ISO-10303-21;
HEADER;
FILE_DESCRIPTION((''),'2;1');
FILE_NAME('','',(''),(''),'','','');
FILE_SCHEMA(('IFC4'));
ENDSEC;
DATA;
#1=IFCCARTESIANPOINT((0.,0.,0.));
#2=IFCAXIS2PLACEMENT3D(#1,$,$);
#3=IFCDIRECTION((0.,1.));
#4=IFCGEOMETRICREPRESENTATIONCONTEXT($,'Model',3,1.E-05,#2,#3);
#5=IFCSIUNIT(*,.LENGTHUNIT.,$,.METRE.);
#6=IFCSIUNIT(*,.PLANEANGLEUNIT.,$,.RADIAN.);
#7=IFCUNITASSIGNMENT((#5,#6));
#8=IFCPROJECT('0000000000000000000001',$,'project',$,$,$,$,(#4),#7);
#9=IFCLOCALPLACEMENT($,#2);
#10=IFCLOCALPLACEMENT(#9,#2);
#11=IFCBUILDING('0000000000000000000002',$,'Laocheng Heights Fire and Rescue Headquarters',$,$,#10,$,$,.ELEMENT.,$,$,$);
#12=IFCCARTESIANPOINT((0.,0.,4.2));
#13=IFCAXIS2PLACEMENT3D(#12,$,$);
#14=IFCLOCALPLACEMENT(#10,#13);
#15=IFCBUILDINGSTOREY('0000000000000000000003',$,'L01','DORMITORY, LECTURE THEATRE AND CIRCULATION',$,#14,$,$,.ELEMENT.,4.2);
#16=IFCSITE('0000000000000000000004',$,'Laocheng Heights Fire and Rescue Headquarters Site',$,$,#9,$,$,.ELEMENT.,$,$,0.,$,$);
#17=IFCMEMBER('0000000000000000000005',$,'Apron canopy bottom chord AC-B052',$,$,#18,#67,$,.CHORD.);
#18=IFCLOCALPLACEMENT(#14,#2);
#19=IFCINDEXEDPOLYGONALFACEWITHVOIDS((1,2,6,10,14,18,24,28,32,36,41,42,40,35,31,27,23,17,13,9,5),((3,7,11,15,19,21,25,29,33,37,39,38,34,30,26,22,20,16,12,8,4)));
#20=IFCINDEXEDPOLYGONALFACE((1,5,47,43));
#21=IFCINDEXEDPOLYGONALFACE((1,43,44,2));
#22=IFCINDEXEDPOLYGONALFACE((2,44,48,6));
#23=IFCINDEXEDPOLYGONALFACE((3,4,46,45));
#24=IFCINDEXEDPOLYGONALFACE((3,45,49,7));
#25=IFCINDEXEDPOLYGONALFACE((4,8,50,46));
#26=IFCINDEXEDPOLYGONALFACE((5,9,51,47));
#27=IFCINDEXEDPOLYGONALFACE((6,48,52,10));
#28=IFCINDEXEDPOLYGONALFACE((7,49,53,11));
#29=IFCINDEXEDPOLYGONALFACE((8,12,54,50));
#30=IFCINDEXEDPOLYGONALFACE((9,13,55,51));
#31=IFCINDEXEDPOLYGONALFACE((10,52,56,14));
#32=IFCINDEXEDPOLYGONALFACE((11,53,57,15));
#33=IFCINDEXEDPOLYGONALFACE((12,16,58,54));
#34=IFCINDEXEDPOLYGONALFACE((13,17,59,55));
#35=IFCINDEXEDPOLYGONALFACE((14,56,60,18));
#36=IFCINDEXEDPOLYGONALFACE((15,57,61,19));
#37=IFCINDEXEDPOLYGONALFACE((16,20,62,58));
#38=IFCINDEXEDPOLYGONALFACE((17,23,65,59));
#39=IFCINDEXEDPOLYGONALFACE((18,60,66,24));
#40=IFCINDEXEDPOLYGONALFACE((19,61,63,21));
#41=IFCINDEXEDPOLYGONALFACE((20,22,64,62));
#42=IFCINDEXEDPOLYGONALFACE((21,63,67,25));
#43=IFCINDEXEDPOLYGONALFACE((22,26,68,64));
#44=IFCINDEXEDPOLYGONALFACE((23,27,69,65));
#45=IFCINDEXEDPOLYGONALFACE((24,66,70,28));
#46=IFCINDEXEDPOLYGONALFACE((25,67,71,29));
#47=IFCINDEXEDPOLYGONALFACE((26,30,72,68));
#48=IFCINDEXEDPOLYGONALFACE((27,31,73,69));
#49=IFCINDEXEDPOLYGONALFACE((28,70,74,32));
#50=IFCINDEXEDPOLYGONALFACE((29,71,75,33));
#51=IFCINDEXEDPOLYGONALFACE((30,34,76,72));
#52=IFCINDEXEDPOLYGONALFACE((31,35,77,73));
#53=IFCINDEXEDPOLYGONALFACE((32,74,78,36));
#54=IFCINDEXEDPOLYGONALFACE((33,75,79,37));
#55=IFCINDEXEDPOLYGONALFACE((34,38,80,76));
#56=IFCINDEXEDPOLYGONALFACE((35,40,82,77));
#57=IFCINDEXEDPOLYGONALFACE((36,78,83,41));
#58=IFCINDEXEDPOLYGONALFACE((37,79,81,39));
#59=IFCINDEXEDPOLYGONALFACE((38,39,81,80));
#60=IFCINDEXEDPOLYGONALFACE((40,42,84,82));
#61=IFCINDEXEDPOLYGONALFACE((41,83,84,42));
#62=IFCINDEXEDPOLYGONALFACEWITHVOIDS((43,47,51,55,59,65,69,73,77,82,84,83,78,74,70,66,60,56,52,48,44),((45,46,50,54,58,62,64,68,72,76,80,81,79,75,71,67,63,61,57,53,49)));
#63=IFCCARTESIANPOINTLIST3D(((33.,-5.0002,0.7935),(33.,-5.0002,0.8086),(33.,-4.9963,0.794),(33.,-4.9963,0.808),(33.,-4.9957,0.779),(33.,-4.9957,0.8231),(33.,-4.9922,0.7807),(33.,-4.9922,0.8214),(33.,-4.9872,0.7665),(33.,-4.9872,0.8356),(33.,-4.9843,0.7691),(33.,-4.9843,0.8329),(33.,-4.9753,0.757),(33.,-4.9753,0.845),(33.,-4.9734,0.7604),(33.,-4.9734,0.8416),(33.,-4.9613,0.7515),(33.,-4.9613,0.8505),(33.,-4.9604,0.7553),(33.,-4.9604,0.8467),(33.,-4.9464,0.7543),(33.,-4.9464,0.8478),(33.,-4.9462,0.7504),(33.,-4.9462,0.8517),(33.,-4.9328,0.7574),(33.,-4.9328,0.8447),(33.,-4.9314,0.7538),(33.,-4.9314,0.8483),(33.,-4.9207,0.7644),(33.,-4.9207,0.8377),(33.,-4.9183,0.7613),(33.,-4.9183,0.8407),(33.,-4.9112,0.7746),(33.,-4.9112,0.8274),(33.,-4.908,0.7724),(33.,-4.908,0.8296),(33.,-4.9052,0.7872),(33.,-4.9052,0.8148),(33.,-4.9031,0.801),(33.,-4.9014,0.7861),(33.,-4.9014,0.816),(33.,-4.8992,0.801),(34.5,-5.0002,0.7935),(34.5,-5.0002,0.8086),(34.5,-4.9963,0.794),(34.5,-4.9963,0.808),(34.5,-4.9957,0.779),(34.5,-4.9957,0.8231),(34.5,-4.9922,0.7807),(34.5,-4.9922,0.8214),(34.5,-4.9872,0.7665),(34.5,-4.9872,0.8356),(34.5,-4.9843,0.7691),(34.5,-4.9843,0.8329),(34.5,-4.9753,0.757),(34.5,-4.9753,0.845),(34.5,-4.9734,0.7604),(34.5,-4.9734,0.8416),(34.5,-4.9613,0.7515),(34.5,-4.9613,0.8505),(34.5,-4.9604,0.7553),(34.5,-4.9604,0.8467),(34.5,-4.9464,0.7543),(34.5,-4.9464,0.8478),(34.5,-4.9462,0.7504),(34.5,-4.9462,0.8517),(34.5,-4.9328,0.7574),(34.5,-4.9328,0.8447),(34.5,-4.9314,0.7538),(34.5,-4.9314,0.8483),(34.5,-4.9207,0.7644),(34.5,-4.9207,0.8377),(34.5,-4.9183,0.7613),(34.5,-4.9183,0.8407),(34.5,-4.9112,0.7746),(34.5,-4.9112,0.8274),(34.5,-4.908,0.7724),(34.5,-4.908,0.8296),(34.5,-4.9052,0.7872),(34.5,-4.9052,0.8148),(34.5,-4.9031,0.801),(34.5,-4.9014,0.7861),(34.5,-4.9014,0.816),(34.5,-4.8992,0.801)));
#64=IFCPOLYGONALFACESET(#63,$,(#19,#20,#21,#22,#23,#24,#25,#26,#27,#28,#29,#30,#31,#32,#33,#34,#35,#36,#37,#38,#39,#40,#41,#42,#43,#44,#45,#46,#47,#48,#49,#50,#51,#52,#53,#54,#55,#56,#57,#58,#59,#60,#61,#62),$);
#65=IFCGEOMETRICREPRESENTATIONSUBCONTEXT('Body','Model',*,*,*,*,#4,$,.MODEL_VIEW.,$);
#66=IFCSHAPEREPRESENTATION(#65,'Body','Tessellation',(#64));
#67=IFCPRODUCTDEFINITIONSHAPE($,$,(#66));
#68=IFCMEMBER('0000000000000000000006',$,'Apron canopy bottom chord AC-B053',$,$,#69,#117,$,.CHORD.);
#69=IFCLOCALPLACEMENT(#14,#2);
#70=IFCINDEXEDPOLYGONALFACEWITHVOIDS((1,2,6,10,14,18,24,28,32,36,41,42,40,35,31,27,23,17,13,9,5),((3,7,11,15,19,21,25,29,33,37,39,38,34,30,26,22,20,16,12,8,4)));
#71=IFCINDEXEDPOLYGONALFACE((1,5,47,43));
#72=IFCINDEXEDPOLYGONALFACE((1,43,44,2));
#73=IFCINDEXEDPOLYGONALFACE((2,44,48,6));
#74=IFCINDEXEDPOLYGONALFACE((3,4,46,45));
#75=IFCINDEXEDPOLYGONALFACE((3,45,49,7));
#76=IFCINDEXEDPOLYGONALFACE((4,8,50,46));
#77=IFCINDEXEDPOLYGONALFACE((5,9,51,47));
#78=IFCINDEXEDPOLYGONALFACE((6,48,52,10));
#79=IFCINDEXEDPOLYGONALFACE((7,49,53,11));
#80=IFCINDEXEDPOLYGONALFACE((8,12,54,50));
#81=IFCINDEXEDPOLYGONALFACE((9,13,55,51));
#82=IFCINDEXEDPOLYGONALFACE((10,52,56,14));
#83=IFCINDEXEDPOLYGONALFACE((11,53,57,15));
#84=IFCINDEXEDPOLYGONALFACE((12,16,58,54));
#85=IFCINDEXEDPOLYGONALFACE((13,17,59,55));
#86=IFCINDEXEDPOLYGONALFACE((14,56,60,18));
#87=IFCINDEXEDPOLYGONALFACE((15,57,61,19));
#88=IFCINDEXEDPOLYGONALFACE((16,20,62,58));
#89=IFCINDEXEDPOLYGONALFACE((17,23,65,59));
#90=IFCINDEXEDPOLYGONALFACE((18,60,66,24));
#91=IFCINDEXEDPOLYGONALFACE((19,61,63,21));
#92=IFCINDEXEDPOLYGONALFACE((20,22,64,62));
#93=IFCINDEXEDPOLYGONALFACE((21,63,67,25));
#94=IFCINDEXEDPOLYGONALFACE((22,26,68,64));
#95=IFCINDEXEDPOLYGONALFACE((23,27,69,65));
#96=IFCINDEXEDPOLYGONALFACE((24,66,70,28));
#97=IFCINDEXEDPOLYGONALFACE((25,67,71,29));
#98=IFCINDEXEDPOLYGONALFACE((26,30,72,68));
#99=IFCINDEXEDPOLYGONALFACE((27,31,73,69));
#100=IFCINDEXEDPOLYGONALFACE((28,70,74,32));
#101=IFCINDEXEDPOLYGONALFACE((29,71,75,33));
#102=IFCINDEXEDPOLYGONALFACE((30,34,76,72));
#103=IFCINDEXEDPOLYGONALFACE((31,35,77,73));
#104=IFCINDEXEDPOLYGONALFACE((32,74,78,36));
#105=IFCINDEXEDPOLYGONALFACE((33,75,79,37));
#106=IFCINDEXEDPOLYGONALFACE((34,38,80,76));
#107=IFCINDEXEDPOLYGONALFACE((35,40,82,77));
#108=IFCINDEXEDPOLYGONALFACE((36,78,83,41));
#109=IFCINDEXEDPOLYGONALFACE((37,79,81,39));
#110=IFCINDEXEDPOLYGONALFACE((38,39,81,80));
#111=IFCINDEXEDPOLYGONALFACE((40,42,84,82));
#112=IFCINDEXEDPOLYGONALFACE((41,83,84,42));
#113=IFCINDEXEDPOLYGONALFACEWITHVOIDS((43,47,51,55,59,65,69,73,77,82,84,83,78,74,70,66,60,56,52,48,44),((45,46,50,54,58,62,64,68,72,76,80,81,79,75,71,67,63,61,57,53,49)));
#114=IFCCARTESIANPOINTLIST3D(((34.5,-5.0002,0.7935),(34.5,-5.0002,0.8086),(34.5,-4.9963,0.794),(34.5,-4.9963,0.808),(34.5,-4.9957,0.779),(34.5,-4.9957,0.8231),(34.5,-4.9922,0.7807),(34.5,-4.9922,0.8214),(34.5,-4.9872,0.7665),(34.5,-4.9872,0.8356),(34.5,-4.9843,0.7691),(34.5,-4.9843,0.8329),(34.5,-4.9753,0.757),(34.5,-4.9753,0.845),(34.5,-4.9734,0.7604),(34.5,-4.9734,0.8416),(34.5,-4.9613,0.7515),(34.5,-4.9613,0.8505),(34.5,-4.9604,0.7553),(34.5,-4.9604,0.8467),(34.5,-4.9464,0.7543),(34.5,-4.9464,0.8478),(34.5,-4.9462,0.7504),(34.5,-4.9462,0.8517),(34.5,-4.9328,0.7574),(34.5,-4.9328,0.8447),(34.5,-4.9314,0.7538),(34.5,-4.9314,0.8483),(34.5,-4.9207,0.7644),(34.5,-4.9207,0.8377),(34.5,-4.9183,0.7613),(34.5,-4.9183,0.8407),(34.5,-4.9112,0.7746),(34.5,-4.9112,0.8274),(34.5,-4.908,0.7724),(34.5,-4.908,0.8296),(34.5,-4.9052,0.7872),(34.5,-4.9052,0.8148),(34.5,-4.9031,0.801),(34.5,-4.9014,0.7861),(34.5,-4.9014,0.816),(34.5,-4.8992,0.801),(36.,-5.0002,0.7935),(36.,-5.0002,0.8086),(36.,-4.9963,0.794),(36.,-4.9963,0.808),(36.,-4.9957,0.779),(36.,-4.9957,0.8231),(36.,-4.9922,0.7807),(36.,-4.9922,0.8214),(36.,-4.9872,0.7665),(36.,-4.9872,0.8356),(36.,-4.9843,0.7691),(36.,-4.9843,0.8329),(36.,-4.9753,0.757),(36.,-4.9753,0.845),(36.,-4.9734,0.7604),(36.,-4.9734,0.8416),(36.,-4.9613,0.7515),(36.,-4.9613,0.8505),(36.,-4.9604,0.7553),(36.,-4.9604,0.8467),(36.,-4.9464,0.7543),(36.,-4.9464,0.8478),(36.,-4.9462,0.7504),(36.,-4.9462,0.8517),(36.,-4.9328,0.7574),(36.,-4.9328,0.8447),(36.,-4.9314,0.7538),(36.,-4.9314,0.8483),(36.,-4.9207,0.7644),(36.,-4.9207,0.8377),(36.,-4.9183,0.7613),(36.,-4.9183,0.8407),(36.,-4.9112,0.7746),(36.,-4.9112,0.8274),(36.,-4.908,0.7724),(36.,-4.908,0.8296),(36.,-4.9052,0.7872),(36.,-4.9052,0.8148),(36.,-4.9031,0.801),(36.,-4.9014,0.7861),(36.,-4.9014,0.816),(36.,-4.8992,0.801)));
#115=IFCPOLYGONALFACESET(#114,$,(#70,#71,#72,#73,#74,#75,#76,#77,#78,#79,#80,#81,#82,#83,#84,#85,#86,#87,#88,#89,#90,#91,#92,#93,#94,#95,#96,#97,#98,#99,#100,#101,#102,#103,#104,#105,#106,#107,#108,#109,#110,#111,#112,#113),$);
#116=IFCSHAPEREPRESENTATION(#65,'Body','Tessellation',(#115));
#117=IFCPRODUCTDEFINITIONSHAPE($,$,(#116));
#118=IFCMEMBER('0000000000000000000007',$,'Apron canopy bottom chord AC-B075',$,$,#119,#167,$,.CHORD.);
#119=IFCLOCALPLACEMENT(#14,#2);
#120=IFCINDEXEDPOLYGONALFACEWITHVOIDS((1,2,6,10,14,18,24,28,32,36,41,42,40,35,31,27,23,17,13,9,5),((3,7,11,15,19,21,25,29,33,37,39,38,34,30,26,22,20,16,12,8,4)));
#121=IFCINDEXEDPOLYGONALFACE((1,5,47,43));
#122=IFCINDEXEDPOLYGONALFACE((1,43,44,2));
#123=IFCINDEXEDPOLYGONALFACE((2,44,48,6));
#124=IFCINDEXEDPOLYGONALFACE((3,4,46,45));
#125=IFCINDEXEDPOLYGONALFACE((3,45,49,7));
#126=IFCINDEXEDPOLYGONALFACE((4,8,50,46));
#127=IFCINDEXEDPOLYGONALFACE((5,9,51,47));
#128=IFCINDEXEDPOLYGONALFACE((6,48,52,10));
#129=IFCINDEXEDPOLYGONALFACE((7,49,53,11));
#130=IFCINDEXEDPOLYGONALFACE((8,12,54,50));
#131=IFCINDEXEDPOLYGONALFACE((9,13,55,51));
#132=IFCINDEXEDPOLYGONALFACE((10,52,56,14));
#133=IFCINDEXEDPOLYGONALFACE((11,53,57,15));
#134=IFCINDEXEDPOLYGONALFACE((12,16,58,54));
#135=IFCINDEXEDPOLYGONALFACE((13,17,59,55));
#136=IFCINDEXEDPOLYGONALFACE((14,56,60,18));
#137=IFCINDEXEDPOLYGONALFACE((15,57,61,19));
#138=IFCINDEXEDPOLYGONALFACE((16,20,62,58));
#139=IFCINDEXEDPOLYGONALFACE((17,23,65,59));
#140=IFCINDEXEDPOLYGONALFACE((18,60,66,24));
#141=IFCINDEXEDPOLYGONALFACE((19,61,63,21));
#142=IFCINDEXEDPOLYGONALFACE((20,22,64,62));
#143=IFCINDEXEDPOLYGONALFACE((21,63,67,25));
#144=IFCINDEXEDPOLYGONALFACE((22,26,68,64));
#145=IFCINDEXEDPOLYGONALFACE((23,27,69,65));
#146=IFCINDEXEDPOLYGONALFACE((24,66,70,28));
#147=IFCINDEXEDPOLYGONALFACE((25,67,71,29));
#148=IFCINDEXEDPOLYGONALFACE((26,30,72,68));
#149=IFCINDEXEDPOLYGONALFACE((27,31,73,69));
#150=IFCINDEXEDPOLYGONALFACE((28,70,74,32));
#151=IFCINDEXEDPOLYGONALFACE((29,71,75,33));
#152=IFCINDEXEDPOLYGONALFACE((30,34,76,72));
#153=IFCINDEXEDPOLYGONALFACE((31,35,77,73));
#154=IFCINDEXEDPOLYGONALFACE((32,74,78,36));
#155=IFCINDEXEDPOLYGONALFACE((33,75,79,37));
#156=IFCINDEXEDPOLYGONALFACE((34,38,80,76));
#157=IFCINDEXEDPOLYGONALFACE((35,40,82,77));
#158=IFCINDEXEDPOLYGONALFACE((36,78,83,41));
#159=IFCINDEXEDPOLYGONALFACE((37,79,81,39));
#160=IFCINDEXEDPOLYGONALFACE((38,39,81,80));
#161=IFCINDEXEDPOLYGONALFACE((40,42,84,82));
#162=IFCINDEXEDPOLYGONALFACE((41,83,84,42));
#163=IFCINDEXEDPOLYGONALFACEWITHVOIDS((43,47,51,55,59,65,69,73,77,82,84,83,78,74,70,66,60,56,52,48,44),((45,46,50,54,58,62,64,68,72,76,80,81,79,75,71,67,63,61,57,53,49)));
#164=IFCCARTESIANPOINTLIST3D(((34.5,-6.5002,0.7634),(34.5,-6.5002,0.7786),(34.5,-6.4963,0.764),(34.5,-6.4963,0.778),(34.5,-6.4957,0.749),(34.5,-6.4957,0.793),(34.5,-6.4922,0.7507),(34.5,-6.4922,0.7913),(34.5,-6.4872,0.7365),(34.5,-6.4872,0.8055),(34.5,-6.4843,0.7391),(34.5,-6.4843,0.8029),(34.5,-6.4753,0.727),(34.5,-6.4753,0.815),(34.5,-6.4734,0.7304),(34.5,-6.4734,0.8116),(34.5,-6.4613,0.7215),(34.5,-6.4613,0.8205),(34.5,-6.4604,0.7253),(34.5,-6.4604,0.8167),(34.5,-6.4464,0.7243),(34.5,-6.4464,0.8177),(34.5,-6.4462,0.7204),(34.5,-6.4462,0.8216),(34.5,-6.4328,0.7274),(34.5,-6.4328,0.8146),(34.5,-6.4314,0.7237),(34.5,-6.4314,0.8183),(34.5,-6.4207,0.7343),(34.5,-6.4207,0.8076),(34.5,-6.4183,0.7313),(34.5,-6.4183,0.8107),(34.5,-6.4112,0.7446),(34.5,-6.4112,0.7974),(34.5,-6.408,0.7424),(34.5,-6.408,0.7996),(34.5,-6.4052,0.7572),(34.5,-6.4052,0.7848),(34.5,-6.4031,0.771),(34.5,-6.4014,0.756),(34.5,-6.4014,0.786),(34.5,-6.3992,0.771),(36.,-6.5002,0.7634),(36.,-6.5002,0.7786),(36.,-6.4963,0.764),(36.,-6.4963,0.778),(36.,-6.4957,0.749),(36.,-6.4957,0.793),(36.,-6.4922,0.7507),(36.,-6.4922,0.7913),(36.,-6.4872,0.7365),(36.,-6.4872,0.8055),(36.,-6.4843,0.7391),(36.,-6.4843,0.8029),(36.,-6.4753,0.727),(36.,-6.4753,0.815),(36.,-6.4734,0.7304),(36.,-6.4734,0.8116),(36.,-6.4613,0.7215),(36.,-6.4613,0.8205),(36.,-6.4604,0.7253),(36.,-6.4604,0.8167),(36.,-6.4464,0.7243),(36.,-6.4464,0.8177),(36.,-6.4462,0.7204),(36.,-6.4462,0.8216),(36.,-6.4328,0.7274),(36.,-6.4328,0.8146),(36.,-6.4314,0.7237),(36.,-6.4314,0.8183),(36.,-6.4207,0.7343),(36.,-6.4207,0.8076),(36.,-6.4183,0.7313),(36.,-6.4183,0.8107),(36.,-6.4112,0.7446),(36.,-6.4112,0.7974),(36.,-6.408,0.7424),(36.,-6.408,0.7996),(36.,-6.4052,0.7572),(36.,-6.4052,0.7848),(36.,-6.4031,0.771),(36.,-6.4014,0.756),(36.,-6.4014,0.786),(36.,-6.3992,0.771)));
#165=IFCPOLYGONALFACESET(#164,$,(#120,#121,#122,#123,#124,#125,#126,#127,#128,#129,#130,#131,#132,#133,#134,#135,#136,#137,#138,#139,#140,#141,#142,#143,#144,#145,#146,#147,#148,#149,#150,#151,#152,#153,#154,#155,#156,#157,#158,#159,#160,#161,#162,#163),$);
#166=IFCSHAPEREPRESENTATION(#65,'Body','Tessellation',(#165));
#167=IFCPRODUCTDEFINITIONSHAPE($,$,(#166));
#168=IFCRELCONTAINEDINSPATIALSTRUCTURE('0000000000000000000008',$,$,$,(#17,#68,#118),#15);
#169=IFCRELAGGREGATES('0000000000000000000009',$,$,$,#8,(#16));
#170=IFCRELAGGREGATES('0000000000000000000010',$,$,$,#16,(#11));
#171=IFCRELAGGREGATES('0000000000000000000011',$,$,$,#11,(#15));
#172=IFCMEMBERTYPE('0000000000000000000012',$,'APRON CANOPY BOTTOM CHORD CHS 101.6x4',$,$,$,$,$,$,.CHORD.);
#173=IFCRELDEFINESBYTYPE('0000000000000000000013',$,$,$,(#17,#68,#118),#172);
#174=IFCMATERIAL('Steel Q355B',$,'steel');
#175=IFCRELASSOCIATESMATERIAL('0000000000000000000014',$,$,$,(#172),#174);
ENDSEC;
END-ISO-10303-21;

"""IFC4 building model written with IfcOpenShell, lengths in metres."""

from ifc_helpers import new_model, si_unit, direction, frame, origin, origin_2d, place, context, subcontext, project, spatial, hollow_circle, extrude, material, material_profile, profile_set, type_object, element, save


model = new_model("IFC4")

# Units and contexts
model_context = context("Model", 3, precision=1e-05, world=origin(), true_north=direction((0.0, 1.0)))
body_context = subcontext(model_context, "Body", "Model", "MODEL_VIEW")
ifc_project = project(units=[si_unit("LENGTHUNIT", "METRE"), si_unit("PLANEANGLEUNIT", "RADIAN")], contexts=[model_context])

# Site, building, storey
site_placement = place(None, origin())
site = spatial("IfcSite", under=ifc_project, at=site_placement, Name="Laocheng Heights Fire and Rescue Headquarters Site", CompositionType="ELEMENT", RefElevation=0.0)
building_placement = place(site_placement, origin())
building = spatial("IfcBuilding", under=site, at=building_placement, Name="Laocheng Heights Fire and Rescue Headquarters", CompositionType="ELEMENT")
storey_placement = place(building_placement, frame((0.0, 0.0, 4.2)))
storey = spatial("IfcBuildingStorey", under=building, at=storey_placement, Name="L01", Description="DORMITORY, LECTURE THEATRE AND CIRCULATION", CompositionType="ELEMENT", Elevation=4.2)

# Members
ifc_material_1 = material(Name="Steel Q355B", Category="steel")
ifc_material_profile_1 = material_profile(ifc_material_1, hollow_circle(Radius=0.0508, WallThickness=0.0039, at=origin_2d()), Name="CHS 101.6x4")
ifc_profile_set_1 = profile_set([ifc_material_profile_1], Name="Steel Q355B")
member_type_1 = type_object("IfcMemberType", Name="APRON CANOPY BOTTOM CHORD CHS 101.6x4", PredefinedType="CHORD", material=ifc_profile_set_1)
for number, where, z_axis, x_axis, name in (
    (1, (33.0, -4.95, 0.801), (1.0, 0.0, 0.0), (0.0, 1.0, 0.0), "Apron canopy bottom chord AC-B052"),
    (2, (34.5, -4.95, 0.801), (1.0, 0.0, 0.0), (0.0, 1.0, 0.0), "Apron canopy bottom chord AC-B053"),
    (3, (34.5, -6.45, 0.771), (1.0, 0.0, 0.0), (0.0, 1.0, 0.0), "Apron canopy bottom chord AC-B075"),
):
    element("IfcMember", number, at=place(storey_placement, frame(where, z_axis=z_axis, x_axis=x_axis)), inside=storey, type_object=member_type_1, Name=name, PredefinedType="CHORD", context=body_context, shape_type="SweptSolid", body=[
        extrude(hollow_circle(Radius=0.0508, WallThickness=0.0039, at=origin_2d()), origin(), (0.0, 0.0, 1.0), 1.5),
    ])

save(model, "model.ifc")
